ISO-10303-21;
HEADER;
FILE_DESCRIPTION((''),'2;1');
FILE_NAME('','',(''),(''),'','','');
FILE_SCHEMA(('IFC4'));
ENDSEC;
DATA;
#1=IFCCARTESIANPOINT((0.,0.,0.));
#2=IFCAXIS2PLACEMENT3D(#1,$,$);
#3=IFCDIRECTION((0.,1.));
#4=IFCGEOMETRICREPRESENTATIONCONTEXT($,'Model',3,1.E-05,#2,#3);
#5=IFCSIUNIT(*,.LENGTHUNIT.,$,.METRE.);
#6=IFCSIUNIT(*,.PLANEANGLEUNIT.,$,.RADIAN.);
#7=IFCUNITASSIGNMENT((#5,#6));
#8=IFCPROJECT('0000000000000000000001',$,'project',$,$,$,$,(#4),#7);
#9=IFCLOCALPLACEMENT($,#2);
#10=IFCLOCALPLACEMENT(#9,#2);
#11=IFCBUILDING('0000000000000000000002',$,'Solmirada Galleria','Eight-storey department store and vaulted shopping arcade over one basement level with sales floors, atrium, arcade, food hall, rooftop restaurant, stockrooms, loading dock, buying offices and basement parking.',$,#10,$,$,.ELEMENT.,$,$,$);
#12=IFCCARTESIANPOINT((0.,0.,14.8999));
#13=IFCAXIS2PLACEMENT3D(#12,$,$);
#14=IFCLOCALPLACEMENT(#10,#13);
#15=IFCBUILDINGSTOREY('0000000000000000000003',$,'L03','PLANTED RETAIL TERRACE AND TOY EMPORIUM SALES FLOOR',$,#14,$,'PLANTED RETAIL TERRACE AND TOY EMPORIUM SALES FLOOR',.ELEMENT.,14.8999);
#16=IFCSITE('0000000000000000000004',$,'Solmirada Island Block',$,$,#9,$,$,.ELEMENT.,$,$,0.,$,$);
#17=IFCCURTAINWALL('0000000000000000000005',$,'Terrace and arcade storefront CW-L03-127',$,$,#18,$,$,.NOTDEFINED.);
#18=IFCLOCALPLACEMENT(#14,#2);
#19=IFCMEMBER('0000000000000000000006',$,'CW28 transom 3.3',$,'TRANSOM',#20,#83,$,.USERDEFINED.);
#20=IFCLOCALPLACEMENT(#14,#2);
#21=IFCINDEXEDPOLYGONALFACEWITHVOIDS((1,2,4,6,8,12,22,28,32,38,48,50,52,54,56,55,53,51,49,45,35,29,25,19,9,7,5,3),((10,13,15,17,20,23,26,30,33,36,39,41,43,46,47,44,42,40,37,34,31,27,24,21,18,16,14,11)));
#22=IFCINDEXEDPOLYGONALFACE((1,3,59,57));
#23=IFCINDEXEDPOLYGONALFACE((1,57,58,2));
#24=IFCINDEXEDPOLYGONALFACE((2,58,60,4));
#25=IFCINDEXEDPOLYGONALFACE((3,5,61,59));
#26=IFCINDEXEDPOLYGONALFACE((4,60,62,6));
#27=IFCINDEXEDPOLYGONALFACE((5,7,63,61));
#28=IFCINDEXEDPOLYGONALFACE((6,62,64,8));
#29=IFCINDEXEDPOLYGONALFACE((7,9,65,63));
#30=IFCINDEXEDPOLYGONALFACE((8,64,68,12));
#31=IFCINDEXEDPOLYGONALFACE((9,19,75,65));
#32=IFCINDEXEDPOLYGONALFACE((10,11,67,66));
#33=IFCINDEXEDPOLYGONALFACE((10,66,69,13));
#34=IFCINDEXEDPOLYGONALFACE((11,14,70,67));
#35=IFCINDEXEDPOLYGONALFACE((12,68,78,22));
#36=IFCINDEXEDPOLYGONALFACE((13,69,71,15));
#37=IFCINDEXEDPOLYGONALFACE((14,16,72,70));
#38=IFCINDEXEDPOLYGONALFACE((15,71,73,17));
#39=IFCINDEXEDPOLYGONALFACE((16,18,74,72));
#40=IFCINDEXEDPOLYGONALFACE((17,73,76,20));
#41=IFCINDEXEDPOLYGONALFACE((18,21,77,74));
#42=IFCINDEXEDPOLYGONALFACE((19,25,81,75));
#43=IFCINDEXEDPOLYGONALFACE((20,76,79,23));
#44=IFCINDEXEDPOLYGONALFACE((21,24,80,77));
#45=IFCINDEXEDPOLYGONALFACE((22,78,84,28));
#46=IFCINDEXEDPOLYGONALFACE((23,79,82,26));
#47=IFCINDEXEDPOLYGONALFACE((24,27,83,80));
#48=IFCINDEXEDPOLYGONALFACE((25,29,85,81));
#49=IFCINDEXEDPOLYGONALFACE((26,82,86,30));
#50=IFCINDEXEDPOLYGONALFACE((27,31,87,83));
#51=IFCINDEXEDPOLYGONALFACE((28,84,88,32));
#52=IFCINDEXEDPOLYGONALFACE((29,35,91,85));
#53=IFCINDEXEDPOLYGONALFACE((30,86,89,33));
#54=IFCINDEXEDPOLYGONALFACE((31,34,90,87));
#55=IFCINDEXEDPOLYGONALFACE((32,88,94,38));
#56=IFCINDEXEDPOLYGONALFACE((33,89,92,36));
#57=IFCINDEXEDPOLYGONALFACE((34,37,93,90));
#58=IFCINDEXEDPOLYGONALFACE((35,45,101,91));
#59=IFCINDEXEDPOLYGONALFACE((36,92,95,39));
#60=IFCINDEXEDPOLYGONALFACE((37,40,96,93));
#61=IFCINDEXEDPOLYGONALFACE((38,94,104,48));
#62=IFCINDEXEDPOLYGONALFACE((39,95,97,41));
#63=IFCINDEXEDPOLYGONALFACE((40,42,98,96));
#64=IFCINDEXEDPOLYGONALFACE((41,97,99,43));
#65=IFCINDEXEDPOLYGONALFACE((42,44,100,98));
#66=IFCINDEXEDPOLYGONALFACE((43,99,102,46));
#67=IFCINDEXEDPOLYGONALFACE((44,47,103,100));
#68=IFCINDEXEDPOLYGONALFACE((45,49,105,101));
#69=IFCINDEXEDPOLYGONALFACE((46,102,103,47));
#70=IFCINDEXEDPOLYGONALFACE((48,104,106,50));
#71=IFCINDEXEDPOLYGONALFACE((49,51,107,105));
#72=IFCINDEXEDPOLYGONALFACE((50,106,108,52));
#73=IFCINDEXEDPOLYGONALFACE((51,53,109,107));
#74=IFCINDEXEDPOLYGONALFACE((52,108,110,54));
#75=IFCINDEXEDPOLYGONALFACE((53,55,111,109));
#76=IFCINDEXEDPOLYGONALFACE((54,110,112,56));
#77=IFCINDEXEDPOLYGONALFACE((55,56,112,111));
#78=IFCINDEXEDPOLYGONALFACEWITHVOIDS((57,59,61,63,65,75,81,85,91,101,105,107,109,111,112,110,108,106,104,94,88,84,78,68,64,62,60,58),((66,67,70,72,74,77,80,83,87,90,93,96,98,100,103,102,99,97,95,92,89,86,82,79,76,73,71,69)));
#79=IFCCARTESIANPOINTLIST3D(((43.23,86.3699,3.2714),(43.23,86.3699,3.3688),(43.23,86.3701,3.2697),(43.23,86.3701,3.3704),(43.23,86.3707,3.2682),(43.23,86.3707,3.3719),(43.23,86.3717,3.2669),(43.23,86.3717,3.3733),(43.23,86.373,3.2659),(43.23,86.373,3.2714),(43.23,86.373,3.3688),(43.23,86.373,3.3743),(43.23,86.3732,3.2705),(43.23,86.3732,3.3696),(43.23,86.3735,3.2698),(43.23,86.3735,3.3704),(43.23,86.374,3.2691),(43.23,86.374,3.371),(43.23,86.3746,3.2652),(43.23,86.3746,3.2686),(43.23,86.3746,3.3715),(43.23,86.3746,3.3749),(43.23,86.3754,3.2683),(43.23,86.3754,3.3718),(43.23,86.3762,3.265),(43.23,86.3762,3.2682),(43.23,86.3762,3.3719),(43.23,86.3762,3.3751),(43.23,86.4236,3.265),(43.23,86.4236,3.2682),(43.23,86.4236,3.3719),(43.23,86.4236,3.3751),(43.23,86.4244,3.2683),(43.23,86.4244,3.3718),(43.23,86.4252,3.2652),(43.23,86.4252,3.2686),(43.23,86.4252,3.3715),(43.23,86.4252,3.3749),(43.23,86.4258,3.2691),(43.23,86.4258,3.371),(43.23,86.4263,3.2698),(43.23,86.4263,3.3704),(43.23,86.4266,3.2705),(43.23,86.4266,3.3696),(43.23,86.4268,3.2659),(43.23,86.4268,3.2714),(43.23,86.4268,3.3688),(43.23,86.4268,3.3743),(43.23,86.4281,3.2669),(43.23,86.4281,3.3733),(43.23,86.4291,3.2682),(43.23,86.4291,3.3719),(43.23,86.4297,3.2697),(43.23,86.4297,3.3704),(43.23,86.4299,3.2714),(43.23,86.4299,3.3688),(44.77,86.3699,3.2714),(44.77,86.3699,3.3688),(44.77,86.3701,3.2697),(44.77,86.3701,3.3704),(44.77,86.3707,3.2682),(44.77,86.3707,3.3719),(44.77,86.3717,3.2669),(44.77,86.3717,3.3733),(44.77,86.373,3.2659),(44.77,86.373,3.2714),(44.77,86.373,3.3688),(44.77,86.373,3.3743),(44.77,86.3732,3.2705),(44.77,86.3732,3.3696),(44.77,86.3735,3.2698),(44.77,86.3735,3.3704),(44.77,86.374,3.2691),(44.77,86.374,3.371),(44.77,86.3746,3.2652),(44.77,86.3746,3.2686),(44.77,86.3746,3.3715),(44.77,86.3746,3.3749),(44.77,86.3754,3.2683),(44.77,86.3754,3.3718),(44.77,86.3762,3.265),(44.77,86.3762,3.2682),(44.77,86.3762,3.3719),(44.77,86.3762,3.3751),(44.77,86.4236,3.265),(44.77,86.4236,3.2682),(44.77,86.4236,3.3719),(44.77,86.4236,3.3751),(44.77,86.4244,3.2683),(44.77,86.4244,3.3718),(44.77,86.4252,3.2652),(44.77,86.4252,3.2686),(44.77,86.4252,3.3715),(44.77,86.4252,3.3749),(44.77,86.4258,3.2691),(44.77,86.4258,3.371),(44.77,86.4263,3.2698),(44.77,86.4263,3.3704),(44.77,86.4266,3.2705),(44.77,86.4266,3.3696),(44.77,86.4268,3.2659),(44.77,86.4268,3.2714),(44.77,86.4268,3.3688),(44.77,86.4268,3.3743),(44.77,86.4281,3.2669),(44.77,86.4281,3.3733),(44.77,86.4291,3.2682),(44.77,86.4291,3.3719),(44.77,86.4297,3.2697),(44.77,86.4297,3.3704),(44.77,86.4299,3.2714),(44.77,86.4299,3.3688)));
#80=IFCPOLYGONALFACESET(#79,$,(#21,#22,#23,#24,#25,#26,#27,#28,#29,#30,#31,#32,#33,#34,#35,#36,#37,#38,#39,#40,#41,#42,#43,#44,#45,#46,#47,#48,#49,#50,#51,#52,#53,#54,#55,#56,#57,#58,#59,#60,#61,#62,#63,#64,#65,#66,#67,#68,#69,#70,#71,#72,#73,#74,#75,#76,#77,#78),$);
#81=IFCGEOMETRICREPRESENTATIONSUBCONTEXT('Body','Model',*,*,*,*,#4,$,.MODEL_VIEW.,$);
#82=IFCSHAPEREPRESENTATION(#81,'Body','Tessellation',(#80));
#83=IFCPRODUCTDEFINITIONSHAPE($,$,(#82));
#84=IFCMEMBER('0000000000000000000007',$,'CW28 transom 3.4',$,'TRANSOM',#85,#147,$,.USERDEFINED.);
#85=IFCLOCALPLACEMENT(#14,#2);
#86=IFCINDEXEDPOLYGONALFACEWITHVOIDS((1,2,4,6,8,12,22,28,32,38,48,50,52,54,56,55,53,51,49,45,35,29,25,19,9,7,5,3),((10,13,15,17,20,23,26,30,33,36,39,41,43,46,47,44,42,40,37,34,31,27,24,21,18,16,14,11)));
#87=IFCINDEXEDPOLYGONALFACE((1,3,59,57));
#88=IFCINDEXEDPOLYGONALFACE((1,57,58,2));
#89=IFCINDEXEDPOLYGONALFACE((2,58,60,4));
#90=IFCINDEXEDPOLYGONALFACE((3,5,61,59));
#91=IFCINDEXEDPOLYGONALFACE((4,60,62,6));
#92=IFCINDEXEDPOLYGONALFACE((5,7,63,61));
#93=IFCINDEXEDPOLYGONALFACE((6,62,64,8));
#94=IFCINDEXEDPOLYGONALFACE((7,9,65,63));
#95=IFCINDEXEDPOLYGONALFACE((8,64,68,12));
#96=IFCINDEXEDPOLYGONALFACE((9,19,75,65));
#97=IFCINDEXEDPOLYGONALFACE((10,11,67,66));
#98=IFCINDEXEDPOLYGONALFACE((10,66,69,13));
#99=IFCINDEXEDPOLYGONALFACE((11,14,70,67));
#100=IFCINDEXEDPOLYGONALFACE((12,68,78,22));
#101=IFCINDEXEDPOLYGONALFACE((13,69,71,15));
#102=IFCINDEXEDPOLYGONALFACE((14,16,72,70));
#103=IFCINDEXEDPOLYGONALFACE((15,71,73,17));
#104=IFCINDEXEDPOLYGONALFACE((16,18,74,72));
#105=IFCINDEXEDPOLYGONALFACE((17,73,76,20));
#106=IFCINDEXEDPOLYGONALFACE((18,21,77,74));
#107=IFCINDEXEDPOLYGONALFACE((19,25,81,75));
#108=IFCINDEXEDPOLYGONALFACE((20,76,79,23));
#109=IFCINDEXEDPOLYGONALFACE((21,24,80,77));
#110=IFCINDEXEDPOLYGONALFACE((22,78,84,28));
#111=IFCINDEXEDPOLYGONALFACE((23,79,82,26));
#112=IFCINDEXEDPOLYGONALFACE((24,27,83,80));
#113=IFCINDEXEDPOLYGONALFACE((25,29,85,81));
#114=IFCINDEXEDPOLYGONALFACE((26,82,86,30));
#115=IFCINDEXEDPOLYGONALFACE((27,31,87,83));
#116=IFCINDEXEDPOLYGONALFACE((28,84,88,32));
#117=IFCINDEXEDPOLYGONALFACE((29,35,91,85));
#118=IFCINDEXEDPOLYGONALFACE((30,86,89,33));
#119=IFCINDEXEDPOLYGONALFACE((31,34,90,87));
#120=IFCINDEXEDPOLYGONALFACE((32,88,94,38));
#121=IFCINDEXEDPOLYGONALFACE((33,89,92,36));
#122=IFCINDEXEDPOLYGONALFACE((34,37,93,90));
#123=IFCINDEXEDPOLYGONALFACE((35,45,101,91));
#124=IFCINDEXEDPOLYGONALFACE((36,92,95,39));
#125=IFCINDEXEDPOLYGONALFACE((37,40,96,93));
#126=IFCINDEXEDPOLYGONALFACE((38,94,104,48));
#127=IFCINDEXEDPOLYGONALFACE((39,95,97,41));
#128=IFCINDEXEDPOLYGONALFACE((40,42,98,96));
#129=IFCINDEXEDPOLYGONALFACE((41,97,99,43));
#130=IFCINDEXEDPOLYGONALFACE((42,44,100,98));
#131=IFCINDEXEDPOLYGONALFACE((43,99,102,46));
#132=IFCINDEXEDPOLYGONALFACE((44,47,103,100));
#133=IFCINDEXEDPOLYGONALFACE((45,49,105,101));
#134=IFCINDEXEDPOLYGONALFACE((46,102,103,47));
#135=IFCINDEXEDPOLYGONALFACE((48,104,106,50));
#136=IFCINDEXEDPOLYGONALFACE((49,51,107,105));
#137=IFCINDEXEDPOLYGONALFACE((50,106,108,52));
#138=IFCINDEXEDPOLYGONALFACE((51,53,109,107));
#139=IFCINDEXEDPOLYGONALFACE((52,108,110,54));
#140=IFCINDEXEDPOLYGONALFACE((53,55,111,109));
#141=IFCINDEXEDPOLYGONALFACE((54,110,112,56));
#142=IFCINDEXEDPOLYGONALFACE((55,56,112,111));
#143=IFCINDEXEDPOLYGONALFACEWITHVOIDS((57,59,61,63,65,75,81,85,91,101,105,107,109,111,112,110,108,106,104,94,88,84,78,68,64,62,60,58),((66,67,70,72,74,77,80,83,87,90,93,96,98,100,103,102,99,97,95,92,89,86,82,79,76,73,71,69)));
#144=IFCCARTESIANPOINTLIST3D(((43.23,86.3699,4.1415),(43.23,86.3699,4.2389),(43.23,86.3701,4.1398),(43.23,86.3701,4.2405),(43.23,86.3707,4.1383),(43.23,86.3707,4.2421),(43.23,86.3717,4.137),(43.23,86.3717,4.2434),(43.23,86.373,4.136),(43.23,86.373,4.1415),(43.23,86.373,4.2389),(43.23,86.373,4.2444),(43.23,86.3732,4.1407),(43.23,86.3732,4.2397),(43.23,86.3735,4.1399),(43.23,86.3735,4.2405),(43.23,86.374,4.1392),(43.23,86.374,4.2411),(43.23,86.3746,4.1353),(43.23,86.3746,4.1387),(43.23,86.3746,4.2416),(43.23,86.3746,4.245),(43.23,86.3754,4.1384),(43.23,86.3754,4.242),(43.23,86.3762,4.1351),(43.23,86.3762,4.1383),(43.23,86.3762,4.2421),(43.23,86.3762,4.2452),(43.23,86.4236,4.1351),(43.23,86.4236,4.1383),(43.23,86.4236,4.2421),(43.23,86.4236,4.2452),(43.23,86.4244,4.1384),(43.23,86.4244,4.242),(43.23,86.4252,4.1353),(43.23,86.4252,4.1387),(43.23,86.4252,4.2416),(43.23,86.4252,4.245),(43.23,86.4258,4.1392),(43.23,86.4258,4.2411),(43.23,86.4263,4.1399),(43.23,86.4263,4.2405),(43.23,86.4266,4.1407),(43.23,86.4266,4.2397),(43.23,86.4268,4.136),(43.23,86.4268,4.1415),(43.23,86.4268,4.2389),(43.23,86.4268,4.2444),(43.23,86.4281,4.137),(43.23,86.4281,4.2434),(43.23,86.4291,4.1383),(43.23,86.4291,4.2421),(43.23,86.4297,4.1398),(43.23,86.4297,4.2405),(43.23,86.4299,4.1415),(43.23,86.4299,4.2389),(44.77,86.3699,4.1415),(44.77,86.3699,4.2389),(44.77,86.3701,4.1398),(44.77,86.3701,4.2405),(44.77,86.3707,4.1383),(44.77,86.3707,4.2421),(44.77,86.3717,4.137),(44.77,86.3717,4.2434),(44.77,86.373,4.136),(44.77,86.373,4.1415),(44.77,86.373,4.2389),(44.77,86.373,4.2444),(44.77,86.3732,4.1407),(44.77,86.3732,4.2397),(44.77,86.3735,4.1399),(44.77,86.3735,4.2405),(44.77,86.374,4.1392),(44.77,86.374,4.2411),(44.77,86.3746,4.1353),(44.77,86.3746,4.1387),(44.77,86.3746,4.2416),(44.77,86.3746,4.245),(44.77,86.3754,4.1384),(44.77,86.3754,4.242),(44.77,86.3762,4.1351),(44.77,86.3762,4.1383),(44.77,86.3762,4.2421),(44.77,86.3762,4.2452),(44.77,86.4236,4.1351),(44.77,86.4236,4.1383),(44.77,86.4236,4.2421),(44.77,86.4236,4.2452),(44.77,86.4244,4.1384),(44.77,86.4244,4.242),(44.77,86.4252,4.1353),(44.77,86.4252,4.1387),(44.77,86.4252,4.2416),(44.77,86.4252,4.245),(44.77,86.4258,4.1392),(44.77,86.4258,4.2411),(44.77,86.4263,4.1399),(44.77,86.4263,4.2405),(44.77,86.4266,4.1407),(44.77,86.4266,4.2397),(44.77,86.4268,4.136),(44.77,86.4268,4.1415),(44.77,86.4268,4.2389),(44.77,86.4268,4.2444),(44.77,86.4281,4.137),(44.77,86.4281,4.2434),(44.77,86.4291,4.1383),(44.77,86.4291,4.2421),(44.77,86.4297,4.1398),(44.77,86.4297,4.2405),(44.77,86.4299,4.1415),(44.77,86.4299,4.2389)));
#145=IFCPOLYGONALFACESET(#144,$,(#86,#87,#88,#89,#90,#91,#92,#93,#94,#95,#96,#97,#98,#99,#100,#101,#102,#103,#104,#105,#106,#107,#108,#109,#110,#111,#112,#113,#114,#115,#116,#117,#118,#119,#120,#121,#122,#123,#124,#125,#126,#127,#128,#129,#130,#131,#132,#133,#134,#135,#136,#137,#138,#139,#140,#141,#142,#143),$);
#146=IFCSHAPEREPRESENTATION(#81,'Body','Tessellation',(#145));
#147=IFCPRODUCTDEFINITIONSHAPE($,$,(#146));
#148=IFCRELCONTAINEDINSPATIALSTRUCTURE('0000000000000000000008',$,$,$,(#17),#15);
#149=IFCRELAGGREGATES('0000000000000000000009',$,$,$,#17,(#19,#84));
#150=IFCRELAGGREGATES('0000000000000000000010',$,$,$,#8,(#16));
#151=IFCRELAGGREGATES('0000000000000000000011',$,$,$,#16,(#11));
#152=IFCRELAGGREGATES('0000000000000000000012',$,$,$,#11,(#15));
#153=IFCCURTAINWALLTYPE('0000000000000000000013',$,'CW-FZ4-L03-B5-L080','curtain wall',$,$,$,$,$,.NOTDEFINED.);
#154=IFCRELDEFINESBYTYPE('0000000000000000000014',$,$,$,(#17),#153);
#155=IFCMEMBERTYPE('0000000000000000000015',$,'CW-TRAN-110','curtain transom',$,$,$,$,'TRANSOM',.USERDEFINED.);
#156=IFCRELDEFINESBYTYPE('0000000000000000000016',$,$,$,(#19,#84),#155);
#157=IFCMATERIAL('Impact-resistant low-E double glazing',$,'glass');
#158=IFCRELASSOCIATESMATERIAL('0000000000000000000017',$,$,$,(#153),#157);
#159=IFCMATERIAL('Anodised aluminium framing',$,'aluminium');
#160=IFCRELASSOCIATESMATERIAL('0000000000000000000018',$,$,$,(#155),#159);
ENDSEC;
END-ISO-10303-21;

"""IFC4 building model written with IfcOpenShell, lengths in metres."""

from ifc_helpers import new_model, si_unit, direction, frame, origin, origin_2d, place, context, subcontext, project, spatial, hollow_rectangle, extrude, material, material_profile, profile_set, type_object, element, aggregate, save


model = new_model("IFC4")

# Units and contexts
model_context = context("Model", 3, precision=1e-05, world=origin(), true_north=direction((0.0, 1.0)))
body_context = subcontext(model_context, "Body", "Model", "MODEL_VIEW")
ifc_project = project(units=[si_unit("LENGTHUNIT", "METRE"), si_unit("PLANEANGLEUNIT", "RADIAN")], contexts=[model_context])

# Site, building, storey
site_placement = place(None, origin())
site = spatial("IfcSite", under=ifc_project, at=site_placement, Name="Solmirada Island Block", CompositionType="ELEMENT", RefElevation=0.0)
building_placement = place(site_placement, origin())
building = spatial("IfcBuilding", under=site, at=building_placement, Name="Solmirada Galleria", Description="Eight-storey department store and vaulted shopping arcade over one basement level with sales floors, atrium, arcade, food hall, rooftop restaurant, stockrooms, loading dock, buying offices and basement parking.", CompositionType="ELEMENT")
storey_placement = place(building_placement, frame((0.0, 0.0, 14.8999)))
storey = spatial("IfcBuildingStorey", under=building, at=storey_placement, Name="L03", Description="PLANTED RETAIL TERRACE AND TOY EMPORIUM SALES FLOOR", LongName="PLANTED RETAIL TERRACE AND TOY EMPORIUM SALES FLOOR", CompositionType="ELEMENT", Elevation=14.8999)

# Curtain wall, members
ifc_material_1 = material(Name="Impact-resistant low-E double glazing", Category="glass")
curtain_wall_type = type_object("IfcCurtainWallType", Name="CW-FZ4-L03-B5-L080", Description="curtain wall", PredefinedType="NOTDEFINED", material=ifc_material_1)
curtain_wall_placement = place(storey_placement, origin())
curtain_wall = element("IfcCurtainWall", 1, at=curtain_wall_placement, inside=storey, type_object=curtain_wall_type, Name="Terrace and arcade storefront CW-L03-127", PredefinedType="NOTDEFINED")
ifc_material_2 = material(Name="Anodised aluminium framing", Category="aluminium")
ifc_material_profile_1 = material_profile(ifc_material_2, hollow_rectangle(XDim=0.0601, YDim=0.1101, WallThickness=0.0032, InnerFilletRadius=0.0032, OuterFilletRadius=0.0063, at=origin_2d()), Name="ALU-TRAN-110X60")
ifc_profile_set_1 = profile_set([ifc_material_profile_1], Name="Anodised aluminium framing")
member_type_1 = type_object("IfcMemberType", Name="CW-TRAN-110", Description="curtain transom", ElementType="TRANSOM", PredefinedType="USERDEFINED", material=ifc_profile_set_1)
member_1_placement = place(storey_placement, frame((44.77, 86.3999, 3.3201), z_axis=(-1.0, 0.0, 0.0), x_axis=(0.0, -1.0, 0.0)))
member_1 = element("IfcMember", 2, at=member_1_placement, type_object=member_type_1, Name="CW28 transom 3.3", ObjectType="TRANSOM", PredefinedType="USERDEFINED", context=body_context, shape_type="SweptSolid", body=[
    extrude(hollow_rectangle(XDim=0.0601, YDim=0.1101, WallThickness=0.0032, InnerFilletRadius=0.0032, OuterFilletRadius=0.0063, at=origin_2d()), origin(), (0.0, 0.0, 1.0), 1.54),
])
member_2_placement = place(storey_placement, frame((44.77, 86.3999, 4.1902), z_axis=(-1.0, 0.0, 0.0), x_axis=(0.0, -1.0, 0.0)))
member_2 = element("IfcMember", 3, at=member_2_placement, type_object=member_type_1, Name="CW28 transom 3.4", ObjectType="TRANSOM", PredefinedType="USERDEFINED", context=body_context, shape_type="SweptSolid", body=[
    extrude(hollow_rectangle(XDim=0.0601, YDim=0.1101, WallThickness=0.0032, InnerFilletRadius=0.0032, OuterFilletRadius=0.0063, at=origin_2d()), origin(), (0.0, 0.0, 1.0), 1.54),
])
aggregate(curtain_wall, [member_1, member_2])

save(model, "model.ifc")
